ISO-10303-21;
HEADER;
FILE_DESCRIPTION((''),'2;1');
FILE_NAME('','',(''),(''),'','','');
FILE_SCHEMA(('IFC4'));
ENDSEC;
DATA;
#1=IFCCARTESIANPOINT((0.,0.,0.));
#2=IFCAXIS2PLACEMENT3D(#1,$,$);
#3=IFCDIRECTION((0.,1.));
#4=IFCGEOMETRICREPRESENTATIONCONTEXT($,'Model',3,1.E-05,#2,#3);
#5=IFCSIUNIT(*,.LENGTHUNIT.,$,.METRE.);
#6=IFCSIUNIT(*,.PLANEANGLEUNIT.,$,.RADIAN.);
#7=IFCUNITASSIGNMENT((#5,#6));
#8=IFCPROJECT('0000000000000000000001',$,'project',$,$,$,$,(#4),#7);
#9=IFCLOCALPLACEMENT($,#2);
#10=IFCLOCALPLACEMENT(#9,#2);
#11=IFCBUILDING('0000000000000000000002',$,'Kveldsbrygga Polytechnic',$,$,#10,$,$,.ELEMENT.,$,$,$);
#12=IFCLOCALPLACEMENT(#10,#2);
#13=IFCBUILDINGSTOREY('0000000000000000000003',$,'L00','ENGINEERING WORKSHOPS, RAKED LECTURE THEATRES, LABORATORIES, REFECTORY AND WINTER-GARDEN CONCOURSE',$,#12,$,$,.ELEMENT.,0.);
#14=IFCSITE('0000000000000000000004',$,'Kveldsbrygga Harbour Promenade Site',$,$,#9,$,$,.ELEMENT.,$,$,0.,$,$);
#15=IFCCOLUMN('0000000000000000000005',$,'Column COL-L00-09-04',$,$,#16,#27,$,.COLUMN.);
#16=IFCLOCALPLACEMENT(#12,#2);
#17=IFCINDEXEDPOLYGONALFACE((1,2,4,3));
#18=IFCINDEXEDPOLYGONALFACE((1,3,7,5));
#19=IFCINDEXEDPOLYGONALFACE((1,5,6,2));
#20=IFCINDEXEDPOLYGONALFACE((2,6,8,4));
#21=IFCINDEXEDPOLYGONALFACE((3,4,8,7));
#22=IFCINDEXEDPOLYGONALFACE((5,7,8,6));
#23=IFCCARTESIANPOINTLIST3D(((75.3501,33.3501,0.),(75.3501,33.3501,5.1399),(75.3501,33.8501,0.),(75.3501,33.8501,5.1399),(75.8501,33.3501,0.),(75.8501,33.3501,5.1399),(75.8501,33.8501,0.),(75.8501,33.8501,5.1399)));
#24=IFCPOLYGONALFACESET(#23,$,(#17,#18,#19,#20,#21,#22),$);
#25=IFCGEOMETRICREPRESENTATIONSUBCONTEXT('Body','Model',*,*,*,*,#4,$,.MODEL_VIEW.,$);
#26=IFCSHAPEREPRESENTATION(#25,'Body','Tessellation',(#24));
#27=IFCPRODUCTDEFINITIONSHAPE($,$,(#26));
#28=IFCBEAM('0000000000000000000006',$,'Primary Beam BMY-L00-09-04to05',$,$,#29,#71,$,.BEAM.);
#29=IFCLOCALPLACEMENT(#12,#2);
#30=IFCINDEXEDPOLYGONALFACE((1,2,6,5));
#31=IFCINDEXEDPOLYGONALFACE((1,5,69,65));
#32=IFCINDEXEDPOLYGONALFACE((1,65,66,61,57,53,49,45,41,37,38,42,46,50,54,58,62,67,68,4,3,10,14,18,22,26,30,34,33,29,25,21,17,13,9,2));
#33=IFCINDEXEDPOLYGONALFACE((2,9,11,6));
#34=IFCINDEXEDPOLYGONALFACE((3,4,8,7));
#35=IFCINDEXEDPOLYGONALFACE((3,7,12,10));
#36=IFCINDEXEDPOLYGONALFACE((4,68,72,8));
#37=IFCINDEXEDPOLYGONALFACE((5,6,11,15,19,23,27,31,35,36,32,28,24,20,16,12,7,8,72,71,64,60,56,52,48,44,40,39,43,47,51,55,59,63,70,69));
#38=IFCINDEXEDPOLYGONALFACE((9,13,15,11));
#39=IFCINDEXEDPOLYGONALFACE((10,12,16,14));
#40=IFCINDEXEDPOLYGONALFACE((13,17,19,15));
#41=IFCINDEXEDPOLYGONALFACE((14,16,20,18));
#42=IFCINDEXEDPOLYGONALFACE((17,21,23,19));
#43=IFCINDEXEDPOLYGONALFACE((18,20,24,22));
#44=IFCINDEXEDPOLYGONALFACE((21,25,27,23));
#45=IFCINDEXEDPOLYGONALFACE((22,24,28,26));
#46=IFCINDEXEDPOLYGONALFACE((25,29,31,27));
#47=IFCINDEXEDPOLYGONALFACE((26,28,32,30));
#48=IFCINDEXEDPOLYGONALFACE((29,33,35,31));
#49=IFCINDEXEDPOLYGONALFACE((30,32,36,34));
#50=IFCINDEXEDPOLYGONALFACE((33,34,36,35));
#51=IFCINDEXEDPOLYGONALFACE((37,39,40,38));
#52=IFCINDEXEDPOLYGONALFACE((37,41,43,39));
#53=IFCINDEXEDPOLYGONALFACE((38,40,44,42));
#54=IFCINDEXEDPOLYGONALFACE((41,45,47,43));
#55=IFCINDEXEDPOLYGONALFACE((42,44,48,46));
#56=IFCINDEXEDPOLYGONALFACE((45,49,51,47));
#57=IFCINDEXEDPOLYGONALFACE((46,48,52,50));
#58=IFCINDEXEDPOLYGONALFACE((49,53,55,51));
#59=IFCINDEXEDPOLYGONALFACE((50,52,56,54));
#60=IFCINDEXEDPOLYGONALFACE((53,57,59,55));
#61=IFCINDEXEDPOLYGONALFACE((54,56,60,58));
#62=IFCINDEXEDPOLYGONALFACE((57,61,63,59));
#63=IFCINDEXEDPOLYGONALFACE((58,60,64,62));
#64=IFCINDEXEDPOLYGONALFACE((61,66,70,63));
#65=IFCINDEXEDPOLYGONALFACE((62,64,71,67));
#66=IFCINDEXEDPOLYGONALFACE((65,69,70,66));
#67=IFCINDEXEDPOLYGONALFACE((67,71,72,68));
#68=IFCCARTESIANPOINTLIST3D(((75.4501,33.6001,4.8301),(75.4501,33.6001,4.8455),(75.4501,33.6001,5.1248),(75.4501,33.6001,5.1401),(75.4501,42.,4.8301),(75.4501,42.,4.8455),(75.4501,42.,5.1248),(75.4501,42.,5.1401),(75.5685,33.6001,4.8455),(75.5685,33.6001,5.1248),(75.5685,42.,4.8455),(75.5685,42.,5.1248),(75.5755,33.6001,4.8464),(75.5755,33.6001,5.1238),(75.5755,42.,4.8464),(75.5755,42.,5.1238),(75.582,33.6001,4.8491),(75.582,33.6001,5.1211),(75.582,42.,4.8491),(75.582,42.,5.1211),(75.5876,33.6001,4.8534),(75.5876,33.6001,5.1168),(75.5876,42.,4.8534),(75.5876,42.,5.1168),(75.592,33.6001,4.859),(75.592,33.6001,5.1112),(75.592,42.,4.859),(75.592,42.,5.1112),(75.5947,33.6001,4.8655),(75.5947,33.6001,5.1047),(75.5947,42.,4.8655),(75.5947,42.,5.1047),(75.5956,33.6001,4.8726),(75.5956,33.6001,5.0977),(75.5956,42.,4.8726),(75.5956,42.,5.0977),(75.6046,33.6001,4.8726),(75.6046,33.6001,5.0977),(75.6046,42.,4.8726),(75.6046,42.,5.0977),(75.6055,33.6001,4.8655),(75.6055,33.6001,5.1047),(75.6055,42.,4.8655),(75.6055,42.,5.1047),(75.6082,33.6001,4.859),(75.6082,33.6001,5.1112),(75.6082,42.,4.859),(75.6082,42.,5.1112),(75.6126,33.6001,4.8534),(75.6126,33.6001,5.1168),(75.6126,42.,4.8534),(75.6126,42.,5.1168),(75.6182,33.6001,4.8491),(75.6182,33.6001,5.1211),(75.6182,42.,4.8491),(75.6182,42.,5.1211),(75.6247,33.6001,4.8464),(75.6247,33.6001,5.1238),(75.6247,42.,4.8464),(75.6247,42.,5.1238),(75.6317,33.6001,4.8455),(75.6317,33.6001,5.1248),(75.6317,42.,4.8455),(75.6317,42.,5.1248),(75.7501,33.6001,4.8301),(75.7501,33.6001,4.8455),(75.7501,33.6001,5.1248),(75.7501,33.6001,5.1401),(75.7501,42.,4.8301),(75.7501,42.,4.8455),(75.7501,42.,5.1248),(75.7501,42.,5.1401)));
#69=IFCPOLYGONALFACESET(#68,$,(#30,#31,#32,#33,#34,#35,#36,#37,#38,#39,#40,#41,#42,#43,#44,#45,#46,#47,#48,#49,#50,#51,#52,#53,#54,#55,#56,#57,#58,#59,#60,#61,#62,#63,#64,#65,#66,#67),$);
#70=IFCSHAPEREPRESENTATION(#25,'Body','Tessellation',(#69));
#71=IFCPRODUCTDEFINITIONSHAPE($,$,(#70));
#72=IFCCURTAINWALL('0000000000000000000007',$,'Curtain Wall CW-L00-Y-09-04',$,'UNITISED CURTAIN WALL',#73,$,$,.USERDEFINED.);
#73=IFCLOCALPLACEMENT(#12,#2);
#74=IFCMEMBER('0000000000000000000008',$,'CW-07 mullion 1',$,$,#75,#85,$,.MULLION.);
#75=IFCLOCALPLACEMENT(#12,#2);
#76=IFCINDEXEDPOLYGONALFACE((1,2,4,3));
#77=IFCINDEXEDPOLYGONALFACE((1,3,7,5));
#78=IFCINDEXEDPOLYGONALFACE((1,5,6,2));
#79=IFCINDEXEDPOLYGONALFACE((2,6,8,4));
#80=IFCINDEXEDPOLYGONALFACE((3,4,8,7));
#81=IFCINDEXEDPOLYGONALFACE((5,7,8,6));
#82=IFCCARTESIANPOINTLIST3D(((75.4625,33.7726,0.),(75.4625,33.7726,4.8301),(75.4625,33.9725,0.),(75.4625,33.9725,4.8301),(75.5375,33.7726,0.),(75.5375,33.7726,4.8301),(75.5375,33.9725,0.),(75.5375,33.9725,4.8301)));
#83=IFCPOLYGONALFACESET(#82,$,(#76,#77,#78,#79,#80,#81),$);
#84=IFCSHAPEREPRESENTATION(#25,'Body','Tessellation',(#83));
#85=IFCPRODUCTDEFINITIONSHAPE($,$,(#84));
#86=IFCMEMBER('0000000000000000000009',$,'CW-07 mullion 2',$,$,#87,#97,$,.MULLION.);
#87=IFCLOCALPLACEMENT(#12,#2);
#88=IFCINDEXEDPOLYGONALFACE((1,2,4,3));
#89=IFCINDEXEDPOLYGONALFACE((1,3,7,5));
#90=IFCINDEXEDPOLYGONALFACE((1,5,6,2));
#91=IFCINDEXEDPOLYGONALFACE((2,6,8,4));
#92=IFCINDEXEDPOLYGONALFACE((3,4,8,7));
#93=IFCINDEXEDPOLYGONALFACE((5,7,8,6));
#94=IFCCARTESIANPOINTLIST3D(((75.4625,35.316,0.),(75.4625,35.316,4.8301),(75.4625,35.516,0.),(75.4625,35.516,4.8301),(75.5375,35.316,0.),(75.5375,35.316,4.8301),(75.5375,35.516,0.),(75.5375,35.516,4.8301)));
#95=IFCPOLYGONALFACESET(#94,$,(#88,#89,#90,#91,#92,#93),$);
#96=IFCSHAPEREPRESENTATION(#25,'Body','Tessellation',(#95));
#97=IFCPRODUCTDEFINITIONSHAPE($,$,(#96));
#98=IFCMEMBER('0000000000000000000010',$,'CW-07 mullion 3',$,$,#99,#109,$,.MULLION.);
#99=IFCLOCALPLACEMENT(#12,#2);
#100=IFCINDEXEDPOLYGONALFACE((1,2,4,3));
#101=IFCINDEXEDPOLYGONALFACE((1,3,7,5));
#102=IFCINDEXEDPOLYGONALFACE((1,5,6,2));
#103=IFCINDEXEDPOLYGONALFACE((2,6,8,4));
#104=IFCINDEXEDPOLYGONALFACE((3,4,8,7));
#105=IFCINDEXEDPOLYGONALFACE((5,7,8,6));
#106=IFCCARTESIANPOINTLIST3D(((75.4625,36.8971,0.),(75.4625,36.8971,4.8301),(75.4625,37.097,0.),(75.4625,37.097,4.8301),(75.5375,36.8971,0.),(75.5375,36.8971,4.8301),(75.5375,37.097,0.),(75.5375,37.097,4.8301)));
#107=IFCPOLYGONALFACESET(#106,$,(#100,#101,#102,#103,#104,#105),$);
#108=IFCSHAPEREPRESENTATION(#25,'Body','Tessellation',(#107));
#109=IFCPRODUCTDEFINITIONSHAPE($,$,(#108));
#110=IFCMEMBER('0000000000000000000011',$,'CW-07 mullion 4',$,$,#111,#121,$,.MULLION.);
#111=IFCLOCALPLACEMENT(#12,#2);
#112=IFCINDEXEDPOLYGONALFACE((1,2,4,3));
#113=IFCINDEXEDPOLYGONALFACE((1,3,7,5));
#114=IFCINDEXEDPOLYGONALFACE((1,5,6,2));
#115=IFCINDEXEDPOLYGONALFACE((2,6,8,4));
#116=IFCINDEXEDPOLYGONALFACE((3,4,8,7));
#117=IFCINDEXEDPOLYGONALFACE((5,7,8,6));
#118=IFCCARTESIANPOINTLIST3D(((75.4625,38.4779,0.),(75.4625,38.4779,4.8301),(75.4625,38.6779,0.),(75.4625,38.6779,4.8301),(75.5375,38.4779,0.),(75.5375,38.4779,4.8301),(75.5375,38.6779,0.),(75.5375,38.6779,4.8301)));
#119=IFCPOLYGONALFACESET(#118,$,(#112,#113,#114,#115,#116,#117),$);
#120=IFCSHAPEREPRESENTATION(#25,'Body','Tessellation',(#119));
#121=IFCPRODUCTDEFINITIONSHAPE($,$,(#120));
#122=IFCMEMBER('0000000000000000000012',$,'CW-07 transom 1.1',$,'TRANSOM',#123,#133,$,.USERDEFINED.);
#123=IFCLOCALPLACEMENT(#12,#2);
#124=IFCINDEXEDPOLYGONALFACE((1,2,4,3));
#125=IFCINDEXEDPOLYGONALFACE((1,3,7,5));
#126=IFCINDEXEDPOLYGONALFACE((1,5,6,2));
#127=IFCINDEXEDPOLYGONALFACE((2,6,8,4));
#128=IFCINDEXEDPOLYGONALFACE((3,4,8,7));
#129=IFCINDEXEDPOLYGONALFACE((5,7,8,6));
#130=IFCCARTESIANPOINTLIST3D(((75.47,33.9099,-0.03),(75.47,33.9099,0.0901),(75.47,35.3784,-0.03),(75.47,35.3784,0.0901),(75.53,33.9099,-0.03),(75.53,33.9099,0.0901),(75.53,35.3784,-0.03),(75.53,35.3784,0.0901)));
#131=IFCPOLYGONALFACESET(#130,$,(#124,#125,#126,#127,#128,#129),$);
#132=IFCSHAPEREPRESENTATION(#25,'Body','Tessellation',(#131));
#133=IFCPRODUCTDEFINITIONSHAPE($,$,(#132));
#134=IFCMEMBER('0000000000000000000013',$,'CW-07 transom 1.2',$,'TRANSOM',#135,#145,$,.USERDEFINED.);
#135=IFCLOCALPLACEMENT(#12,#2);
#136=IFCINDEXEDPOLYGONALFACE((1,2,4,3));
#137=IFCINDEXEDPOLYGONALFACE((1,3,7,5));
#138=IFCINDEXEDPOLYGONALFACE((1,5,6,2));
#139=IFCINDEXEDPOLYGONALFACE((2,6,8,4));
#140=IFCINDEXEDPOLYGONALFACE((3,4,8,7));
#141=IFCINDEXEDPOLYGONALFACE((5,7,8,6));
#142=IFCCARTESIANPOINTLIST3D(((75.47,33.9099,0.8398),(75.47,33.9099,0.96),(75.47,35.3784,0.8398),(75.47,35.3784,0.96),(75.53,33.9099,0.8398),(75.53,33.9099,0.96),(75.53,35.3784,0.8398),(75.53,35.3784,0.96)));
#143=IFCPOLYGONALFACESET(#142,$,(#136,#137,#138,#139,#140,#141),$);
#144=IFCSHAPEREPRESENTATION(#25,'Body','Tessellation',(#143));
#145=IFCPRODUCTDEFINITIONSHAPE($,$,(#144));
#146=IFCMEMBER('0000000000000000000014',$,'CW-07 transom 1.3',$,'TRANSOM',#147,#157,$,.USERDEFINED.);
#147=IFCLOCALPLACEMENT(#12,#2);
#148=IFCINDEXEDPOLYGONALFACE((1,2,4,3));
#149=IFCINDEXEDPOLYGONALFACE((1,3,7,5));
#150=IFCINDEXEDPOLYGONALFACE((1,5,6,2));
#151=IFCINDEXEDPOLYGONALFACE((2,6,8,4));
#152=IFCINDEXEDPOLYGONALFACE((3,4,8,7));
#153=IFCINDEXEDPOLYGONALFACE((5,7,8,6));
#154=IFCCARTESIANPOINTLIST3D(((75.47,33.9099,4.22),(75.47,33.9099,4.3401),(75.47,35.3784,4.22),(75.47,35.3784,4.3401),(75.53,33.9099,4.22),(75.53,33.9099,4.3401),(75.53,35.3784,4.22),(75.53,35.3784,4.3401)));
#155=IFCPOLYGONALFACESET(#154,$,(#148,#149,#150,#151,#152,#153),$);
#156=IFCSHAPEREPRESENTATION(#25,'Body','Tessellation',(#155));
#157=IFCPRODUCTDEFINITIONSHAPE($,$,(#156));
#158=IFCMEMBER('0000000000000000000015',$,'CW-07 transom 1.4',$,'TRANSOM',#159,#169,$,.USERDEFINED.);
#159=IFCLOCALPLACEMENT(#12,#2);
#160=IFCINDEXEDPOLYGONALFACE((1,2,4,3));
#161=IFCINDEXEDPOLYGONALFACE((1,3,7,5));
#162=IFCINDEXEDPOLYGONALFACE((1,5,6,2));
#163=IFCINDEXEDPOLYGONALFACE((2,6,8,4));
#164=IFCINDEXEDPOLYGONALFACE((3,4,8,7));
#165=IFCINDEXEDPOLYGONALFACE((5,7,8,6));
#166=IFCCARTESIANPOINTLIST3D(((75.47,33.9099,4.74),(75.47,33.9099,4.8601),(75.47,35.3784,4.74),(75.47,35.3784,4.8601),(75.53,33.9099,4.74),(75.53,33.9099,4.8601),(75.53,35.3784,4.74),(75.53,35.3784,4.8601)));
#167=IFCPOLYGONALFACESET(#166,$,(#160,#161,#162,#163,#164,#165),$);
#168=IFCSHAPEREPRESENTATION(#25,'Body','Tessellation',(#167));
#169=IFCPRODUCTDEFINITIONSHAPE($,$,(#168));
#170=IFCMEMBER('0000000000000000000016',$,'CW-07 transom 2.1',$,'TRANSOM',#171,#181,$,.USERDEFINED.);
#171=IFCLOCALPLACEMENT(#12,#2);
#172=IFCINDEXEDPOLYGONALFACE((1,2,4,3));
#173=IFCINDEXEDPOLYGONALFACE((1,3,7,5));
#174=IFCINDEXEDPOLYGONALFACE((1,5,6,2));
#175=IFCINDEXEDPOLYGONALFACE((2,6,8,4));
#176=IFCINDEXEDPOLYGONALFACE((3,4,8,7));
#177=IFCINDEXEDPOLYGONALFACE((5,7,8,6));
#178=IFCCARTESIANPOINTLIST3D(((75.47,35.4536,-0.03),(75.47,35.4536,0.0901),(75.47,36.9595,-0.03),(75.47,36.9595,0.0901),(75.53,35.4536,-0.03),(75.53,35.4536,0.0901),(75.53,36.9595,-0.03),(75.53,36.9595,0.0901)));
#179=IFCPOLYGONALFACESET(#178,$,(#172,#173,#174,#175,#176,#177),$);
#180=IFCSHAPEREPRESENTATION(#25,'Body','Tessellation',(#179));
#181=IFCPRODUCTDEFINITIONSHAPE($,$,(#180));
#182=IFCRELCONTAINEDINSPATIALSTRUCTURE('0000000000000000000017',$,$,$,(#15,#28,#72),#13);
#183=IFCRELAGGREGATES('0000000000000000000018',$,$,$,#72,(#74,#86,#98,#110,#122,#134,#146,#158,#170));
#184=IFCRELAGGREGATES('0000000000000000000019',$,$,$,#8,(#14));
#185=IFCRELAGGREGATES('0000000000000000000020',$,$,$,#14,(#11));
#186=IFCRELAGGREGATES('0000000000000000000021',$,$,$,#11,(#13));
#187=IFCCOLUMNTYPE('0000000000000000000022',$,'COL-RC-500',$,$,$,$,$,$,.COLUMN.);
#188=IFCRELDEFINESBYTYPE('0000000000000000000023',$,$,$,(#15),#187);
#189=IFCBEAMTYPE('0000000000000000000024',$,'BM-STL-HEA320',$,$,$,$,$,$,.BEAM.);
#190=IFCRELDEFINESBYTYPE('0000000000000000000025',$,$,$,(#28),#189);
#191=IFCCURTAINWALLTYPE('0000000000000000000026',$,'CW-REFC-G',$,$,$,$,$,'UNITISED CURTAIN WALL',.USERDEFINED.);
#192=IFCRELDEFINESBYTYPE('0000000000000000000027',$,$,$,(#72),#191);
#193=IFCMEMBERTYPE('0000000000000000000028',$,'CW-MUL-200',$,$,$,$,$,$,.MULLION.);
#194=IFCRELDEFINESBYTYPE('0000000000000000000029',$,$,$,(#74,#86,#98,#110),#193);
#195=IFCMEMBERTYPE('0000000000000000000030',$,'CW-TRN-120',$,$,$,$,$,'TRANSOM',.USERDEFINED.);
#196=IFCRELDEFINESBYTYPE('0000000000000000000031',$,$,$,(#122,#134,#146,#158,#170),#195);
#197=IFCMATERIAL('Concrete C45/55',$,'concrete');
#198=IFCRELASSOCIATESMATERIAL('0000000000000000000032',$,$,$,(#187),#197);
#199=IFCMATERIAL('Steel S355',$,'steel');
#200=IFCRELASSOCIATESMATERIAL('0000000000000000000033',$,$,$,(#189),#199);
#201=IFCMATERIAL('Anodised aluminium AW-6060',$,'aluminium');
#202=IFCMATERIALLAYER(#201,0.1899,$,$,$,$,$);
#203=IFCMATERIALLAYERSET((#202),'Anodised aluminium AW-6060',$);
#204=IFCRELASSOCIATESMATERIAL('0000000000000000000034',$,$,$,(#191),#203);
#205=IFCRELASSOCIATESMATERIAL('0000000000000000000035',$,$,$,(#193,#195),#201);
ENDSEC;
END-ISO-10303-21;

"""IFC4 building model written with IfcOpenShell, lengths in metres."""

from ifc_helpers import new_model, si_unit, direction, frame, origin, origin_2d, place, context, subcontext, project, spatial, rectangle, i_section, extrude, material, layer, layer_set, material_profile, profile_set, type_object, element, aggregate, save


model = new_model("IFC4")

# Units and contexts
model_context = context("Model", 3, precision=1e-05, world=origin(), true_north=direction((0.0, 1.0)))
body_context = subcontext(model_context, "Body", "Model", "MODEL_VIEW")
ifc_project = project(units=[si_unit("LENGTHUNIT", "METRE"), si_unit("PLANEANGLEUNIT", "RADIAN")], contexts=[model_context])

# Site, building, storey
site_placement = place(None, origin())
site = spatial("IfcSite", under=ifc_project, at=site_placement, Name="Kveldsbrygga Harbour Promenade Site", CompositionType="ELEMENT", RefElevation=0.0)
building_placement = place(site_placement, origin())
building = spatial("IfcBuilding", under=site, at=building_placement, Name="Kveldsbrygga Polytechnic", CompositionType="ELEMENT")
storey_placement = place(building_placement, origin())
storey = spatial("IfcBuildingStorey", under=building, at=storey_placement, Name="L00", Description="ENGINEERING WORKSHOPS, RAKED LECTURE THEATRES, LABORATORIES, REFECTORY AND WINTER-GARDEN CONCOURSE", CompositionType="ELEMENT", Elevation=0.0)

# Column
ifc_material_1 = material(Name="Concrete C45/55", Category="concrete")
ifc_material_profile_1 = material_profile(ifc_material_1, rectangle(XDim=0.5, YDim=0.5, at=origin_2d()), Name="RC 500x500")
ifc_profile_set_1 = profile_set([ifc_material_profile_1], Name="Concrete C45/55")
column_type = type_object("IfcColumnType", Name="COL-RC-500", PredefinedType="COLUMN", material=ifc_profile_set_1)
column_placement = place(storey_placement, frame((75.6001, 33.6001, 0.0), z_axis=(0.0, 0.0, 1.0), x_axis=(1.0, 0.0, 0.0)))
element("IfcColumn", 1, at=column_placement, inside=storey, type_object=column_type, Name="Column COL-L00-09-04", PredefinedType="COLUMN", context=body_context, shape_type="SweptSolid", body=[
    extrude(rectangle(XDim=0.5, YDim=0.5, at=origin_2d()), origin(), (0.0, 0.0, 1.0), 5.1399),
])

# Beam
ifc_material_2 = material(Name="Steel S355", Category="steel")
ifc_material_profile_2 = material_profile(ifc_material_2, i_section(OverallWidth=0.3, OverallDepth=0.3101, WebThickness=0.009, FlangeThickness=0.0154, FilletRadius=0.0271, at=origin_2d()), Name="HEA 320")
ifc_profile_set_2 = profile_set([ifc_material_profile_2], Name="Steel S355")
beam_type_1 = type_object("IfcBeamType", Name="BM-STL-HEA320", PredefinedType="BEAM", material=ifc_profile_set_2)
beam_1_placement = place(storey_placement, frame((75.6001, 33.6001, 4.9851), z_axis=(0.0, 1.0, 0.0), x_axis=(-1.0, 0.0, 0.0)))
element("IfcBeam", 2, at=beam_1_placement, inside=storey, type_object=beam_type_1, Name="Primary Beam BMY-L00-09-04to05", PredefinedType="BEAM", context=body_context, shape_type="SweptSolid", body=[
    extrude(i_section(OverallWidth=0.3, OverallDepth=0.3101, WebThickness=0.009, FlangeThickness=0.0154, FilletRadius=0.0271, at=origin_2d()), origin(), (0.0, 0.0, 1.0), 8.3999),
])

# Curtain wall, members
ifc_material_3 = material(Name="Anodised aluminium AW-6060", Category="aluminium")
ifc_layer_1 = layer(ifc_material_3, 0.1899)
ifc_layer_set_1 = layer_set([ifc_layer_1], Name="Anodised aluminium AW-6060")
curtain_wall_type = type_object("IfcCurtainWallType", Name="CW-REFC-G", ElementType="UNITISED CURTAIN WALL", PredefinedType="USERDEFINED", material=ifc_layer_set_1)
curtain_wall_placement = place(storey_placement, origin())
curtain_wall = element("IfcCurtainWall", 3, at=curtain_wall_placement, inside=storey, type_object=curtain_wall_type, Name="Curtain Wall CW-L00-Y-09-04", ObjectType="UNITISED CURTAIN WALL", PredefinedType="USERDEFINED")
ifc_material_profile_3 = material_profile(ifc_material_3, rectangle(XDim=0.075, YDim=0.2, at=origin_2d()), Name="ALU 75x200")
ifc_profile_set_3 = profile_set([ifc_material_profile_3], Name="Anodised aluminium AW-6060")
member_type_1 = type_object("IfcMemberType", Name="CW-MUL-200", PredefinedType="MULLION", material=ifc_profile_set_3)
member_1_placement = place(storey_placement, frame((75.5, 33.8726, 0.0), z_axis=(0.0, 0.0, 1.0), x_axis=(-1.0, 0.0, 0.0)))
member_1 = element("IfcMember", 4, at=member_1_placement, type_object=member_type_1, Name="CW-07 mullion 1", PredefinedType="MULLION", context=body_context, shape_type="SweptSolid", body=[
    extrude(rectangle(XDim=0.075, YDim=0.2, at=origin_2d()), origin(), (0.0, 0.0, 1.0), 4.8301),
])
member_2_placement = place(storey_placement, frame((75.5, 35.416, 0.0), z_axis=(0.0, 0.0, 1.0), x_axis=(-1.0, 0.0, 0.0)))
member_2 = element("IfcMember", 5, at=member_2_placement, type_object=member_type_1, Name="CW-07 mullion 2", PredefinedType="MULLION", context=body_context, shape_type="SweptSolid", body=[
    extrude(rectangle(XDim=0.075, YDim=0.2, at=origin_2d()), origin(), (0.0, 0.0, 1.0), 4.8301),
])
member_3_placement = place(storey_placement, frame((75.5, 36.9971, 0.0), z_axis=(0.0, 0.0, 1.0), x_axis=(-1.0, 0.0, 0.0)))
member_3 = element("IfcMember", 6, at=member_3_placement, type_object=member_type_1, Name="CW-07 mullion 3", PredefinedType="MULLION", context=body_context, shape_type="SweptSolid", body=[
    extrude(rectangle(XDim=0.075, YDim=0.2, at=origin_2d()), origin(), (0.0, 0.0, 1.0), 4.8301),
])
member_4_placement = place(storey_placement, frame((75.5, 38.5779, 0.0), z_axis=(0.0, 0.0, 1.0), x_axis=(-1.0, 0.0, 0.0)))
member_4 = element("IfcMember", 7, at=member_4_placement, type_object=member_type_1, Name="CW-07 mullion 4", PredefinedType="MULLION", context=body_context, shape_type="SweptSolid", body=[
    extrude(rectangle(XDim=0.075, YDim=0.2, at=origin_2d()), origin(), (0.0, 0.0, 1.0), 4.8301),
])
ifc_material_profile_4 = material_profile(ifc_material_3, rectangle(XDim=0.0601, YDim=0.1201, at=origin_2d()), Name="ALU 60x120")
ifc_profile_set_4 = profile_set([ifc_material_profile_4], Name="Anodised aluminium AW-6060")
member_type_2 = type_object("IfcMemberType", Name="CW-TRN-120", ElementType="TRANSOM", PredefinedType="USERDEFINED", material=ifc_profile_set_4)
member_5_placement = place(storey_placement, frame((75.5, 33.9099, 0.03), z_axis=(0.0, 1.0, 0.0), x_axis=(-1.0, 0.0, 0.0)))
member_5 = element("IfcMember", 8, at=member_5_placement, type_object=member_type_2, Name="CW-07 transom 1.1", ObjectType="TRANSOM", PredefinedType="USERDEFINED", context=body_context, shape_type="SweptSolid", body=[
    extrude(rectangle(XDim=0.0601, YDim=0.1201, at=origin_2d()), origin(), (0.0, 0.0, 1.0), 1.4685),
])
member_6_placement = place(storey_placement, frame((75.5, 33.9099, 0.8999), z_axis=(0.0, 1.0, 0.0), x_axis=(-1.0, 0.0, 0.0)))
member_6 = element("IfcMember", 9, at=member_6_placement, type_object=member_type_2, Name="CW-07 transom 1.2", ObjectType="TRANSOM", PredefinedType="USERDEFINED", context=body_context, shape_type="SweptSolid", body=[
    extrude(rectangle(XDim=0.0601, YDim=0.1201, at=origin_2d()), origin(), (0.0, 0.0, 1.0), 1.4685),
])
member_7_placement = place(storey_placement, frame((75.5, 33.9099, 4.28), z_axis=(0.0, 1.0, 0.0), x_axis=(-1.0, 0.0, 0.0)))
member_7 = element("IfcMember", 10, at=member_7_placement, type_object=member_type_2, Name="CW-07 transom 1.3", ObjectType="TRANSOM", PredefinedType="USERDEFINED", context=body_context, shape_type="SweptSolid", body=[
    extrude(rectangle(XDim=0.0601, YDim=0.1201, at=origin_2d()), origin(), (0.0, 0.0, 1.0), 1.4685),
])
member_8_placement = place(storey_placement, frame((75.5, 33.9099, 4.8), z_axis=(0.0, 1.0, 0.0), x_axis=(-1.0, 0.0, 0.0)))
member_8 = element("IfcMember", 11, at=member_8_placement, type_object=member_type_2, Name="CW-07 transom 1.4", ObjectType="TRANSOM", PredefinedType="USERDEFINED", context=body_context, shape_type="SweptSolid", body=[
    extrude(rectangle(XDim=0.0601, YDim=0.1201, at=origin_2d()), origin(), (0.0, 0.0, 1.0), 1.4685),
])
member_9_placement = place(storey_placement, frame((75.5, 35.4536, 0.03), z_axis=(0.0, 1.0, 0.0), x_axis=(-1.0, 0.0, 0.0)))
member_9 = element("IfcMember", 12, at=member_9_placement, type_object=member_type_2, Name="CW-07 transom 2.1", ObjectType="TRANSOM", PredefinedType="USERDEFINED", context=body_context, shape_type="SweptSolid", body=[
    extrude(rectangle(XDim=0.0601, YDim=0.1201, at=origin_2d()), origin(), (0.0, 0.0, 1.0), 1.5059),
])

aggregate(curtain_wall, [member_1, member_2, member_3, member_4, member_5, member_6, member_7, member_8, member_9])

save(model, "model.ifc")
